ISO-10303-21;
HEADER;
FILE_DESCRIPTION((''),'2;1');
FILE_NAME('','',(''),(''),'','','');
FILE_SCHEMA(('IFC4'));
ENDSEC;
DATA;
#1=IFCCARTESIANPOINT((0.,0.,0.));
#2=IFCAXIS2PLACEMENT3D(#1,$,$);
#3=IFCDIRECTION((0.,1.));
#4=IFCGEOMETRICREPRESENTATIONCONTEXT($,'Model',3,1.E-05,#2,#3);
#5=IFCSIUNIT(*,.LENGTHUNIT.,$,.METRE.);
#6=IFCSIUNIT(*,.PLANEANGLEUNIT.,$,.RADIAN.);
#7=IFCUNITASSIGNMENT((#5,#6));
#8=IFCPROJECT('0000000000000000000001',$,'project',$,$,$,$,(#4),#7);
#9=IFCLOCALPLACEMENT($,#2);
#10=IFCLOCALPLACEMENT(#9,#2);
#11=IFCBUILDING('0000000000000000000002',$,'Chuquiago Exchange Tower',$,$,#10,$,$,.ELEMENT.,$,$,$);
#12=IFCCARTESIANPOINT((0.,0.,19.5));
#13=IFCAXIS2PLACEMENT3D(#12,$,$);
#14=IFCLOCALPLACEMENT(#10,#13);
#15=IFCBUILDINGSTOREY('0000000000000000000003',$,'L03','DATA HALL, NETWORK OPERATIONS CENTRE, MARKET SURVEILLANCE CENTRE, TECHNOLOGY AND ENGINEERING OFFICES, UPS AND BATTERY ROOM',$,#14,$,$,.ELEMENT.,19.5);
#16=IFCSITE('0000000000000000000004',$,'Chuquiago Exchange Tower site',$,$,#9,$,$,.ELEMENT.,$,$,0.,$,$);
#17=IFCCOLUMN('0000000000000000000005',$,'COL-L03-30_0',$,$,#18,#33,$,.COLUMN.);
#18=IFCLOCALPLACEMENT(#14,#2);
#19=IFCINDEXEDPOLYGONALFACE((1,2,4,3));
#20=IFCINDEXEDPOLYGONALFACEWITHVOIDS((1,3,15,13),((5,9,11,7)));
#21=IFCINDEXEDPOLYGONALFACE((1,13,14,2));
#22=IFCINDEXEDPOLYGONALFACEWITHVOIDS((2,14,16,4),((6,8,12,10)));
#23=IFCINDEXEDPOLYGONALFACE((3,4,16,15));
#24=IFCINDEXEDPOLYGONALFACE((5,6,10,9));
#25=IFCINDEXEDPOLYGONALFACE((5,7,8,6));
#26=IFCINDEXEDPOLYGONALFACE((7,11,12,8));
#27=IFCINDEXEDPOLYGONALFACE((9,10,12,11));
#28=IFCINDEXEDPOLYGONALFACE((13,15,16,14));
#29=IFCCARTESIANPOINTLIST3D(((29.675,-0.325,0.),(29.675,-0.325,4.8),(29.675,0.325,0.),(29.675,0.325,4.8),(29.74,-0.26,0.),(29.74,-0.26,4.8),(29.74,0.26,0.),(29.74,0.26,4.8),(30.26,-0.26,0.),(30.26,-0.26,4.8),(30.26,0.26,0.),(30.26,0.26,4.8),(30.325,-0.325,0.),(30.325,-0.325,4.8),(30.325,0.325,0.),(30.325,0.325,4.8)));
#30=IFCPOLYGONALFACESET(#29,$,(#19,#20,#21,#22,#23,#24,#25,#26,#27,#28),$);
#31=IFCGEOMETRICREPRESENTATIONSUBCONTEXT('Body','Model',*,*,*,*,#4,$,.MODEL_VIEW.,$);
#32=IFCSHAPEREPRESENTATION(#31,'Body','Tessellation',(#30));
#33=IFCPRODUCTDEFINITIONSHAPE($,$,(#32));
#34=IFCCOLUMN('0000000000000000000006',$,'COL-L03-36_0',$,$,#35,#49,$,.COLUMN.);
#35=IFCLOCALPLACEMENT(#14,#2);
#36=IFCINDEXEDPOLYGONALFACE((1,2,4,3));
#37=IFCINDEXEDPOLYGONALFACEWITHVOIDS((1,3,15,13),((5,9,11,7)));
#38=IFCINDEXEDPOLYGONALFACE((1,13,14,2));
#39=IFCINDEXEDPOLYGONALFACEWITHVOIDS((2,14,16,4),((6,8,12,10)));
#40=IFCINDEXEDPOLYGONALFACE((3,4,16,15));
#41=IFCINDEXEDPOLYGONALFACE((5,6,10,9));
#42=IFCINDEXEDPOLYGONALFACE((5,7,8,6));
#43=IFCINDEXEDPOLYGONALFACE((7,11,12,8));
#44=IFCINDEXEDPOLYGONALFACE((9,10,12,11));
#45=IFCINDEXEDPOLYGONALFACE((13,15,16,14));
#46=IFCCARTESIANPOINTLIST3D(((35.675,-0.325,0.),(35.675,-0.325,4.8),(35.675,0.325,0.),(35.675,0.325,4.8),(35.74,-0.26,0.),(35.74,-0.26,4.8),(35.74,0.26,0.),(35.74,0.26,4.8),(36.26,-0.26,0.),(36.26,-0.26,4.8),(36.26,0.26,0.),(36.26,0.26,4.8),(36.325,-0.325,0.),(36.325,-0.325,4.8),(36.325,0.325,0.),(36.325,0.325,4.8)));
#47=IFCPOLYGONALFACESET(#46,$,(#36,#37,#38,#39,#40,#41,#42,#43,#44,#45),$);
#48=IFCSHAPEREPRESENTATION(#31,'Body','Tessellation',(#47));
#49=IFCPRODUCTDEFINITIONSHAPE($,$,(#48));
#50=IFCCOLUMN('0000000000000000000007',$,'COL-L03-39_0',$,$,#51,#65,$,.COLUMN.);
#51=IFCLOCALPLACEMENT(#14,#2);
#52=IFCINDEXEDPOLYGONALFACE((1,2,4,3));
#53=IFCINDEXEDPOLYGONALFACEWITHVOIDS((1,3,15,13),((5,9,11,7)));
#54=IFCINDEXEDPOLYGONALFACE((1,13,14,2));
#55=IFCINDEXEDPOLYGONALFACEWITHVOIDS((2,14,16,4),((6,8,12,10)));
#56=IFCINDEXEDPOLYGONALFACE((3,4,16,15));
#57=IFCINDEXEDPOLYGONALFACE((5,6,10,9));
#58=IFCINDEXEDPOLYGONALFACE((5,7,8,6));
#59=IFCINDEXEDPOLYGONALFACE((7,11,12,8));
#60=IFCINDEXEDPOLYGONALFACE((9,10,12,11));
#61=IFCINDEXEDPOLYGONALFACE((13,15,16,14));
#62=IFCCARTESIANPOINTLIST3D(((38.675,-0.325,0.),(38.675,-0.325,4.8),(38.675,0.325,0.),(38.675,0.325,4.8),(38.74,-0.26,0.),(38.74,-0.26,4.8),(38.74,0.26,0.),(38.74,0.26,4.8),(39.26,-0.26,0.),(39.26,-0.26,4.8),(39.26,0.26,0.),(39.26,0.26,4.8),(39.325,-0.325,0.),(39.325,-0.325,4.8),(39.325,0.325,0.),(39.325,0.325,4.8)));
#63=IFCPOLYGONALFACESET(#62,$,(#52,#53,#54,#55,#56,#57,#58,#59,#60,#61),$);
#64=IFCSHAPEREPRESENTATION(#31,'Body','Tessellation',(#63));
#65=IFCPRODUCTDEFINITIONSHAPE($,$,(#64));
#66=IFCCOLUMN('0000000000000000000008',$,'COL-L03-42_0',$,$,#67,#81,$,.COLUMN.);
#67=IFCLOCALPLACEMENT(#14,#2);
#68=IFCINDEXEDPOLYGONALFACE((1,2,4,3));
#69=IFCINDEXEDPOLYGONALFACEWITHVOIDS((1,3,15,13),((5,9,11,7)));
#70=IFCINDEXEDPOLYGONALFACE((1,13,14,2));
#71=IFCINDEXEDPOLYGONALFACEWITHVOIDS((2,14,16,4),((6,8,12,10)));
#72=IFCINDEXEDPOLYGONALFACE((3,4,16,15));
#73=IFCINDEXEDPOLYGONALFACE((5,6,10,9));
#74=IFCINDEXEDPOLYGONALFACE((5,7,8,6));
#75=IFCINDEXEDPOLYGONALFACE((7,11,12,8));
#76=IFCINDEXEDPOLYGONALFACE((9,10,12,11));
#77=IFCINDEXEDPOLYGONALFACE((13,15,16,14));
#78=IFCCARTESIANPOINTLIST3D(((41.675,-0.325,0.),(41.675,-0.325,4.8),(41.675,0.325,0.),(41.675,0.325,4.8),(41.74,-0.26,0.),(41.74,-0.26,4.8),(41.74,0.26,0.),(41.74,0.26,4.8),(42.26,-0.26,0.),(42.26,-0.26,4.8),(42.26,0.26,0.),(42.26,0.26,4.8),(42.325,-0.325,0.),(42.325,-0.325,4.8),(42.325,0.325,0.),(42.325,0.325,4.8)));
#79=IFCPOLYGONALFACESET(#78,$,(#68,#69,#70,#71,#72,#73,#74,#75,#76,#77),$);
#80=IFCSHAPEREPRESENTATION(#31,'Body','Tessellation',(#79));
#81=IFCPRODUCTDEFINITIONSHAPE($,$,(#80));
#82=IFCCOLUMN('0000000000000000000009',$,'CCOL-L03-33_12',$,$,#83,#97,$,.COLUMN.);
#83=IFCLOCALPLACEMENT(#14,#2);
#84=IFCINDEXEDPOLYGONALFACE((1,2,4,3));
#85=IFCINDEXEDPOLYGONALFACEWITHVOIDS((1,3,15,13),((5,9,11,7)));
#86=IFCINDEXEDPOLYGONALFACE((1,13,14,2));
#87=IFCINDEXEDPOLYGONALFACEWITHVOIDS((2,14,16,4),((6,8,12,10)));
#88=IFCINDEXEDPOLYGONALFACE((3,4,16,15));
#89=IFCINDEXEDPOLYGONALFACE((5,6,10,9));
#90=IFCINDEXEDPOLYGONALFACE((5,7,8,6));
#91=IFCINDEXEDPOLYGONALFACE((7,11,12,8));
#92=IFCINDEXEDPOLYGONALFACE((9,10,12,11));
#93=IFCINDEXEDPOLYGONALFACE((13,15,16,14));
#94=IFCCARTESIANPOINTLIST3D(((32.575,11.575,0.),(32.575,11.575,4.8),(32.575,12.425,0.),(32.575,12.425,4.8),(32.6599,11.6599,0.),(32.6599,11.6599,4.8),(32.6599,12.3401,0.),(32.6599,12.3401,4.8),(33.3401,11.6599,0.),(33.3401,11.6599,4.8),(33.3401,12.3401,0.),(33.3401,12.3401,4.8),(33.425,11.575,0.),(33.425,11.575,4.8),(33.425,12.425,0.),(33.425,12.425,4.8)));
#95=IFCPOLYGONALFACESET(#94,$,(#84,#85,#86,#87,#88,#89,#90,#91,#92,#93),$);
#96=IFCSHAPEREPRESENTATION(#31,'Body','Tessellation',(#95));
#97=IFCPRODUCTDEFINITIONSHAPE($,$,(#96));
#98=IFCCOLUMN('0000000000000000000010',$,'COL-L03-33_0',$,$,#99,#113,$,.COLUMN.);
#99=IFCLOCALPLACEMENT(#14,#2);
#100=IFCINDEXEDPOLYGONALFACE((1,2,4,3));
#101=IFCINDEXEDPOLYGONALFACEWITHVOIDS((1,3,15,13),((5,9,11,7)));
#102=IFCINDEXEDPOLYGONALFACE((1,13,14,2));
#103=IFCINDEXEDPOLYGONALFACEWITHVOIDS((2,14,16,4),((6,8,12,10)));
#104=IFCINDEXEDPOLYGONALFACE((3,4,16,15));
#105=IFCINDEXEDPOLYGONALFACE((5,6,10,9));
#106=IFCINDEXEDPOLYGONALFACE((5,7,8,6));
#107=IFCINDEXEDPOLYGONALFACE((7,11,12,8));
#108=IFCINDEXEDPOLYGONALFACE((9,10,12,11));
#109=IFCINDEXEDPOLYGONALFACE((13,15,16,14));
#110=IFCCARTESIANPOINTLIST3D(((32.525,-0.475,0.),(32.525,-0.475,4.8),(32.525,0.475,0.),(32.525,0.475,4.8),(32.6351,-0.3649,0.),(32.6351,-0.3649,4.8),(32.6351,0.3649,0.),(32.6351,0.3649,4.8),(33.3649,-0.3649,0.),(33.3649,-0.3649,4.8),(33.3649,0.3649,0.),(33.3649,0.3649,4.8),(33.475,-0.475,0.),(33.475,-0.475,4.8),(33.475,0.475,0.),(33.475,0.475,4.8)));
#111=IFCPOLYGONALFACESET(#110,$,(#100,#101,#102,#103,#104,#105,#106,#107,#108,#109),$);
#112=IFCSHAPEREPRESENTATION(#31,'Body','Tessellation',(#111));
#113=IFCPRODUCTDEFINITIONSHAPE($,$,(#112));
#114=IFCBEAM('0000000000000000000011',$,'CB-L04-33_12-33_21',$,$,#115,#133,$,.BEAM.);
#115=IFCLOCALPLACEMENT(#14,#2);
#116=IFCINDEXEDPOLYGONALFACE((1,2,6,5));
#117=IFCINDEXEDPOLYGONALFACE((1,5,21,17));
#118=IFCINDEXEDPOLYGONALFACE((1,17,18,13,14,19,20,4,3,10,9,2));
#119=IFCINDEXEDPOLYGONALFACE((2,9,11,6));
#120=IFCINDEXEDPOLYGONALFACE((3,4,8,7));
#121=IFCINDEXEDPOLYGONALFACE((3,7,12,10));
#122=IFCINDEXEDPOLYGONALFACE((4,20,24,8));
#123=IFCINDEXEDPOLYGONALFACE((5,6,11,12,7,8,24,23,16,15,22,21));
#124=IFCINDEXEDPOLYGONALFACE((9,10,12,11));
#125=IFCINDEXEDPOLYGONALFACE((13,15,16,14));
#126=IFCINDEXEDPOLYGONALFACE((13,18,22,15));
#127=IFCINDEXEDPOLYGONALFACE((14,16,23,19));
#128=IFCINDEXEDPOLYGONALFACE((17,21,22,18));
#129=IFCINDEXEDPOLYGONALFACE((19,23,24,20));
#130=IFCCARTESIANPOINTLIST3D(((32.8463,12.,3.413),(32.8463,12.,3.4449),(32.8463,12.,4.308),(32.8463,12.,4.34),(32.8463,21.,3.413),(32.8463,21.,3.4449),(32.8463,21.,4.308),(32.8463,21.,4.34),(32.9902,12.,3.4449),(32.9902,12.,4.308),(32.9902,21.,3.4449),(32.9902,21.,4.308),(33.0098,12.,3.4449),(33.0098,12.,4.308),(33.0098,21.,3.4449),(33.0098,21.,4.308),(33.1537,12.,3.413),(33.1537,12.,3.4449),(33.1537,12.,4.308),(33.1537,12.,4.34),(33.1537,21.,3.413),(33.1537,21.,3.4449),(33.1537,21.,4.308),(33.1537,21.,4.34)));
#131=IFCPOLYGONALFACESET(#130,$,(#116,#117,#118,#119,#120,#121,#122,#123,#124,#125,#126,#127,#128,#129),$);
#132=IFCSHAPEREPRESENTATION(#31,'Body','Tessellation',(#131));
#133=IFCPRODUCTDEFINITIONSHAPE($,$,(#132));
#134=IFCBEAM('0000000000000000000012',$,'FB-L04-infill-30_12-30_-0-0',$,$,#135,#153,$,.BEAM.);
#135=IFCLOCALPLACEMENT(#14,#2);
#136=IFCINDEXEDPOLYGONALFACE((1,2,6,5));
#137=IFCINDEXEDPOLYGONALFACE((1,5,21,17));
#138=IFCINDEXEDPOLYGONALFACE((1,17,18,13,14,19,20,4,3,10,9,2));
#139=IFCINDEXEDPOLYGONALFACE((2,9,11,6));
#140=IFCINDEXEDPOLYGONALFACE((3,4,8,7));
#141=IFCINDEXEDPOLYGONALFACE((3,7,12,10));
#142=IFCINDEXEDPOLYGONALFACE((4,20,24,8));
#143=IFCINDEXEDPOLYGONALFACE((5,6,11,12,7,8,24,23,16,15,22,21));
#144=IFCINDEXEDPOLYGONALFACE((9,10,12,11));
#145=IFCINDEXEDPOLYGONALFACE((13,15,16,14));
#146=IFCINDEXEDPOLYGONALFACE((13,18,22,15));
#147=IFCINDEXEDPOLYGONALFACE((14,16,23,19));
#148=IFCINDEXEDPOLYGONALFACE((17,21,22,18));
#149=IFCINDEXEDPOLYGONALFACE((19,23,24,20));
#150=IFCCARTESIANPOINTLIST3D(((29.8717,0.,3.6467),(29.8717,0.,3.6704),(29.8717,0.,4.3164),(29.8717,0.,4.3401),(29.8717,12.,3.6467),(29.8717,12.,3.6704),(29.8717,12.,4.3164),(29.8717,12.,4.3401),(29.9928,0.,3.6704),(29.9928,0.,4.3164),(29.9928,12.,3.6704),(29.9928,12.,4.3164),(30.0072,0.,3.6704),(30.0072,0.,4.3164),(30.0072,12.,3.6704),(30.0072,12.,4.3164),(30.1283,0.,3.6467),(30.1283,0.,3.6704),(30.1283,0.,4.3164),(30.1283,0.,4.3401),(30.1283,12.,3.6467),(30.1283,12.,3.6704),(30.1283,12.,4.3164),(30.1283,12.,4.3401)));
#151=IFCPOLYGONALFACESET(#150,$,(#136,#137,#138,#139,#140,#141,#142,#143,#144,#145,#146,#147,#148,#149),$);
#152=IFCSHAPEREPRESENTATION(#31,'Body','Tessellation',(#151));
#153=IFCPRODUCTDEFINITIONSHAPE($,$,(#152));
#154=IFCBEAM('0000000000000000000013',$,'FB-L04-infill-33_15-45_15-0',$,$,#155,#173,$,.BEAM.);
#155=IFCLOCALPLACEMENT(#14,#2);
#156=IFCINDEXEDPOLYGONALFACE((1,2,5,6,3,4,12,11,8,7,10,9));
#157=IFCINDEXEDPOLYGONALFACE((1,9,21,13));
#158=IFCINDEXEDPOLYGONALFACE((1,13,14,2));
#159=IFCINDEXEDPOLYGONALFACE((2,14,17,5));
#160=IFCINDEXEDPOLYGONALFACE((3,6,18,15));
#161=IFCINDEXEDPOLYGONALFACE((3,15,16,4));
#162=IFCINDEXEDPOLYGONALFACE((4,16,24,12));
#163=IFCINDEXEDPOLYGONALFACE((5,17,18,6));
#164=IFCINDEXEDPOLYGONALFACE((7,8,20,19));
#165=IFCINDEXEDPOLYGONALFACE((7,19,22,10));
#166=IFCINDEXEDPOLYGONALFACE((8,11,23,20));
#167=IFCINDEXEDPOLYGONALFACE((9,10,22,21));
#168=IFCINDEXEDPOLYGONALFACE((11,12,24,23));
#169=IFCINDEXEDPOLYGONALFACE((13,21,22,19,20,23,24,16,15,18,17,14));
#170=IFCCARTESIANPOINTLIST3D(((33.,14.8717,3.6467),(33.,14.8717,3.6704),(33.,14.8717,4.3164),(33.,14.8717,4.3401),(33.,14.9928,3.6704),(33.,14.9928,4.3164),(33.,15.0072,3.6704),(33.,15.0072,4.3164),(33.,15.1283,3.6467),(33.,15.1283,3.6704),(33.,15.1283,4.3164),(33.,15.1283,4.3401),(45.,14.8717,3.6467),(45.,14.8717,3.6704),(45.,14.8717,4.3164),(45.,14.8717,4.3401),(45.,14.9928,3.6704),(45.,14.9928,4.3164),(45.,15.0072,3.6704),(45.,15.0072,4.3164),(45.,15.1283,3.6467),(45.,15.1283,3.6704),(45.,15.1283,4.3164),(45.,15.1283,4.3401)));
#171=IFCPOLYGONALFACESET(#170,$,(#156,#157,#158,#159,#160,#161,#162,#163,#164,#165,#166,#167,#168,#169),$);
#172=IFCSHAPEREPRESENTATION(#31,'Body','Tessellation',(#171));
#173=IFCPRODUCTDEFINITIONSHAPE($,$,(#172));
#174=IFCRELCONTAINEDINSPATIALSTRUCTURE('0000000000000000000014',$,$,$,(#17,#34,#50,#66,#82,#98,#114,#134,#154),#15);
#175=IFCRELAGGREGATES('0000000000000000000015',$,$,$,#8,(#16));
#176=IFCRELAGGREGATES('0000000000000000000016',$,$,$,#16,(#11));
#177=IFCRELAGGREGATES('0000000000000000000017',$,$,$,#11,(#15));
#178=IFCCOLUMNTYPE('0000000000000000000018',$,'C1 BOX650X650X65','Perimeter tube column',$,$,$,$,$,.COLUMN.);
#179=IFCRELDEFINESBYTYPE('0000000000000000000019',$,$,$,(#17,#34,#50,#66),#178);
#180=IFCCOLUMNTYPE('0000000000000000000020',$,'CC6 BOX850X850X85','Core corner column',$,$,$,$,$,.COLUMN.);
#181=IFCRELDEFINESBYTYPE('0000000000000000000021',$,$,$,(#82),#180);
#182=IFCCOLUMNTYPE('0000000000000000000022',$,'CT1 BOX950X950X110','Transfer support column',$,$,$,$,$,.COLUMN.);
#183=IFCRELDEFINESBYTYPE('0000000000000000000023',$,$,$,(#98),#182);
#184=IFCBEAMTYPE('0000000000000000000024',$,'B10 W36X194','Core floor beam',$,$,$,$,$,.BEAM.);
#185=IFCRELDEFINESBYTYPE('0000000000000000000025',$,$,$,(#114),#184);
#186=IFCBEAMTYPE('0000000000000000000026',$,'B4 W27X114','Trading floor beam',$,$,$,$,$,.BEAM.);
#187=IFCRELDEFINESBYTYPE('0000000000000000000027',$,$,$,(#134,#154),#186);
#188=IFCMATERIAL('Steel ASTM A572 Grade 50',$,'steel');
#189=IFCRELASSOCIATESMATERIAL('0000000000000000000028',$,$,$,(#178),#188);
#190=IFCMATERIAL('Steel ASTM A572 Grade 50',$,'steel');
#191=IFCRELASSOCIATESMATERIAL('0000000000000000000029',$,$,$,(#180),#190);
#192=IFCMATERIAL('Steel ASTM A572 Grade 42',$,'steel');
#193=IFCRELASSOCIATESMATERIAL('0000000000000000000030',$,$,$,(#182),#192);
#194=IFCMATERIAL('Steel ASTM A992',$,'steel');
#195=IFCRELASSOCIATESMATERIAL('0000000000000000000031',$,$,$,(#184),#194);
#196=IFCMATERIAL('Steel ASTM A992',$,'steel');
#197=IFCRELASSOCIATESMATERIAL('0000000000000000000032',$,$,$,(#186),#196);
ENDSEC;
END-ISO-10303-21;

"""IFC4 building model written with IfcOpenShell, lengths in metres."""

from ifc_helpers import new_model, si_unit, direction, frame, origin, origin_2d, place, context, subcontext, project, spatial, hollow_rectangle, i_section, extrude, material, material_profile, profile_set, type_object, element, save


model = new_model("IFC4")

# Units and contexts
model_context = context("Model", 3, precision=1e-05, world=origin(), true_north=direction((0.0, 1.0)))
body_context = subcontext(model_context, "Body", "Model", "MODEL_VIEW")
ifc_project = project(units=[si_unit("LENGTHUNIT", "METRE"), si_unit("PLANEANGLEUNIT", "RADIAN")], contexts=[model_context])

# Site, building, storey
site_placement = place(None, origin())
site = spatial("IfcSite", under=ifc_project, at=site_placement, Name="Chuquiago Exchange Tower site", CompositionType="ELEMENT", RefElevation=0.0)
building_placement = place(site_placement, origin())
building = spatial("IfcBuilding", under=site, at=building_placement, Name="Chuquiago Exchange Tower", CompositionType="ELEMENT")
storey_placement = place(building_placement, frame((0.0, 0.0, 19.5)))
storey = spatial("IfcBuildingStorey", under=building, at=storey_placement, Name="L03", Description="DATA HALL, NETWORK OPERATIONS CENTRE, MARKET SURVEILLANCE CENTRE, TECHNOLOGY AND ENGINEERING OFFICES, UPS AND BATTERY ROOM", CompositionType="ELEMENT", Elevation=19.5)

# Columns
ifc_material_1 = material(Name="Steel ASTM A572 Grade 50", Category="steel")
ifc_material_profile_1 = material_profile(ifc_material_1, hollow_rectangle(XDim=0.6499, YDim=0.6499, WallThickness=0.0649, at=origin_2d()), Name="BOX650X650X65")
ifc_profile_set_1 = profile_set([ifc_material_profile_1], Name="Steel ASTM A572 Grade 50")
column_type_1 = type_object("IfcColumnType", Name="C1 BOX650X650X65", Description="Perimeter tube column", PredefinedType="COLUMN", material=ifc_profile_set_1)
for number, where, z_axis, x_axis, name in (
    (1, (30.0, 0.0, 0.0), (0.0, 0.0, 1.0), (0.0, -1.0, 0.0), "COL-L03-30_0"),
    (2, (36.0, 0.0, 0.0), (0.0, 0.0, 1.0), (0.0, -1.0, 0.0), "COL-L03-36_0"),
    (3, (39.0, 0.0, 0.0), (0.0, 0.0, 1.0), (0.0, -1.0, 0.0), "COL-L03-39_0"),
    (4, (42.0, 0.0, 0.0), (0.0, 0.0, 1.0), (0.0, -1.0, 0.0), "COL-L03-42_0"),
):
    element("IfcColumn", number, at=place(storey_placement, frame(where, z_axis=z_axis, x_axis=x_axis)), inside=storey, type_object=column_type_1, Name=name, PredefinedType="COLUMN", context=body_context, shape_type="SweptSolid", body=[
        extrude(hollow_rectangle(XDim=0.6499, YDim=0.6499, WallThickness=0.0649, at=origin_2d()), origin(), (0.0, 0.0, 1.0), 4.8),
    ])
ifc_material_2 = material(Name="Steel ASTM A572 Grade 50", Category="steel")
ifc_material_profile_2 = material_profile(ifc_material_2, hollow_rectangle(XDim=0.8501, YDim=0.8501, WallThickness=0.085, at=origin_2d()), Name="BOX850X850X85")
ifc_profile_set_2 = profile_set([ifc_material_profile_2], Name="Steel ASTM A572 Grade 50")
column_type_2 = type_object("IfcColumnType", Name="CC6 BOX850X850X85", Description="Core corner column", PredefinedType="COLUMN", material=ifc_profile_set_2)
column_1_placement = place(storey_placement, frame((33.0, 12.0, 0.0), z_axis=(0.0, 0.0, 1.0), x_axis=(1.0, 0.0, 0.0)))
element("IfcColumn", 5, at=column_1_placement, inside=storey, type_object=column_type_2, Name="CCOL-L03-33_12", PredefinedType="COLUMN", context=body_context, shape_type="SweptSolid", body=[
    extrude(hollow_rectangle(XDim=0.8501, YDim=0.8501, WallThickness=0.085, at=origin_2d()), origin(), (0.0, 0.0, 1.0), 4.8),
])
ifc_material_3 = material(Name="Steel ASTM A572 Grade 42", Category="steel")
ifc_material_profile_3 = material_profile(ifc_material_3, hollow_rectangle(XDim=0.95, YDim=0.95, WallThickness=0.1101, at=origin_2d()), Name="BOX950X950X110")
ifc_profile_set_3 = profile_set([ifc_material_profile_3], Name="Steel ASTM A572 Grade 42")
column_type_3 = type_object("IfcColumnType", Name="CT1 BOX950X950X110", Description="Transfer support column", PredefinedType="COLUMN", material=ifc_profile_set_3)
column_2_placement = place(storey_placement, frame((33.0, 0.0, 0.0), z_axis=(0.0, 0.0, 1.0), x_axis=(0.0, -1.0, 0.0)))
element("IfcColumn", 6, at=column_2_placement, inside=storey, type_object=column_type_3, Name="COL-L03-33_0", PredefinedType="COLUMN", context=body_context, shape_type="SweptSolid", body=[
    extrude(hollow_rectangle(XDim=0.95, YDim=0.95, WallThickness=0.1101, at=origin_2d()), origin(), (0.0, 0.0, 1.0), 4.8),
])

# Beams
ifc_material_4 = material(Name="Steel ASTM A992", Category="steel")
ifc_material_profile_4 = material_profile(ifc_material_4, i_section(OverallWidth=0.3074, OverallDepth=0.927, WebThickness=0.0195, FlangeThickness=0.032, at=origin_2d()), Name="W36X194")
ifc_profile_set_4 = profile_set([ifc_material_profile_4], Name="Steel ASTM A992")
beam_type_1 = type_object("IfcBeamType", Name="B10 W36X194", Description="Core floor beam", PredefinedType="BEAM", material=ifc_profile_set_4)
beam_1_placement = place(storey_placement, frame((33.0, 12.0, 3.8765), z_axis=(0.0, 1.0, 0.0), x_axis=(-1.0, 0.0, 0.0)))
element("IfcBeam", 7, at=beam_1_placement, inside=storey, type_object=beam_type_1, Name="CB-L04-33_12-33_21", PredefinedType="BEAM", context=body_context, shape_type="SweptSolid", body=[
    extrude(i_section(OverallWidth=0.3074, OverallDepth=0.927, WebThickness=0.0195, FlangeThickness=0.032, at=origin_2d()), origin(), (0.0, 0.0, 1.0), 9.0),
])
ifc_material_5 = material(Name="Steel ASTM A992", Category="steel")
ifc_material_profile_5 = material_profile(ifc_material_5, i_section(OverallWidth=0.2566, OverallDepth=0.6934, WebThickness=0.0144, FlangeThickness=0.0237, at=origin_2d()), Name="W27X114")
ifc_profile_set_5 = profile_set([ifc_material_profile_5], Name="Steel ASTM A992")
beam_type_2 = type_object("IfcBeamType", Name="B4 W27X114", Description="Trading floor beam", PredefinedType="BEAM", material=ifc_profile_set_5)
for number, where, z_axis, x_axis, name in (
    (8, (30.0, 12.0, 3.9934), (0.0, -1.0, 0.0), (1.0, 0.0, 0.0), "FB-L04-infill-30_12-30_-0-0"),
    (9, (33.0, 15.0, 3.9934), (1.0, 0.0, 0.0), (0.0, 1.0, 0.0), "FB-L04-infill-33_15-45_15-0"),
):
    element("IfcBeam", number, at=place(storey_placement, frame(where, z_axis=z_axis, x_axis=x_axis)), inside=storey, type_object=beam_type_2, Name=name, PredefinedType="BEAM", context=body_context, shape_type="SweptSolid", body=[
        extrude(i_section(OverallWidth=0.2566, OverallDepth=0.6934, WebThickness=0.0144, FlangeThickness=0.0237, at=origin_2d()), origin(), (0.0, 0.0, 1.0), 12.0),
    ])

save(model, "model.ifc")
